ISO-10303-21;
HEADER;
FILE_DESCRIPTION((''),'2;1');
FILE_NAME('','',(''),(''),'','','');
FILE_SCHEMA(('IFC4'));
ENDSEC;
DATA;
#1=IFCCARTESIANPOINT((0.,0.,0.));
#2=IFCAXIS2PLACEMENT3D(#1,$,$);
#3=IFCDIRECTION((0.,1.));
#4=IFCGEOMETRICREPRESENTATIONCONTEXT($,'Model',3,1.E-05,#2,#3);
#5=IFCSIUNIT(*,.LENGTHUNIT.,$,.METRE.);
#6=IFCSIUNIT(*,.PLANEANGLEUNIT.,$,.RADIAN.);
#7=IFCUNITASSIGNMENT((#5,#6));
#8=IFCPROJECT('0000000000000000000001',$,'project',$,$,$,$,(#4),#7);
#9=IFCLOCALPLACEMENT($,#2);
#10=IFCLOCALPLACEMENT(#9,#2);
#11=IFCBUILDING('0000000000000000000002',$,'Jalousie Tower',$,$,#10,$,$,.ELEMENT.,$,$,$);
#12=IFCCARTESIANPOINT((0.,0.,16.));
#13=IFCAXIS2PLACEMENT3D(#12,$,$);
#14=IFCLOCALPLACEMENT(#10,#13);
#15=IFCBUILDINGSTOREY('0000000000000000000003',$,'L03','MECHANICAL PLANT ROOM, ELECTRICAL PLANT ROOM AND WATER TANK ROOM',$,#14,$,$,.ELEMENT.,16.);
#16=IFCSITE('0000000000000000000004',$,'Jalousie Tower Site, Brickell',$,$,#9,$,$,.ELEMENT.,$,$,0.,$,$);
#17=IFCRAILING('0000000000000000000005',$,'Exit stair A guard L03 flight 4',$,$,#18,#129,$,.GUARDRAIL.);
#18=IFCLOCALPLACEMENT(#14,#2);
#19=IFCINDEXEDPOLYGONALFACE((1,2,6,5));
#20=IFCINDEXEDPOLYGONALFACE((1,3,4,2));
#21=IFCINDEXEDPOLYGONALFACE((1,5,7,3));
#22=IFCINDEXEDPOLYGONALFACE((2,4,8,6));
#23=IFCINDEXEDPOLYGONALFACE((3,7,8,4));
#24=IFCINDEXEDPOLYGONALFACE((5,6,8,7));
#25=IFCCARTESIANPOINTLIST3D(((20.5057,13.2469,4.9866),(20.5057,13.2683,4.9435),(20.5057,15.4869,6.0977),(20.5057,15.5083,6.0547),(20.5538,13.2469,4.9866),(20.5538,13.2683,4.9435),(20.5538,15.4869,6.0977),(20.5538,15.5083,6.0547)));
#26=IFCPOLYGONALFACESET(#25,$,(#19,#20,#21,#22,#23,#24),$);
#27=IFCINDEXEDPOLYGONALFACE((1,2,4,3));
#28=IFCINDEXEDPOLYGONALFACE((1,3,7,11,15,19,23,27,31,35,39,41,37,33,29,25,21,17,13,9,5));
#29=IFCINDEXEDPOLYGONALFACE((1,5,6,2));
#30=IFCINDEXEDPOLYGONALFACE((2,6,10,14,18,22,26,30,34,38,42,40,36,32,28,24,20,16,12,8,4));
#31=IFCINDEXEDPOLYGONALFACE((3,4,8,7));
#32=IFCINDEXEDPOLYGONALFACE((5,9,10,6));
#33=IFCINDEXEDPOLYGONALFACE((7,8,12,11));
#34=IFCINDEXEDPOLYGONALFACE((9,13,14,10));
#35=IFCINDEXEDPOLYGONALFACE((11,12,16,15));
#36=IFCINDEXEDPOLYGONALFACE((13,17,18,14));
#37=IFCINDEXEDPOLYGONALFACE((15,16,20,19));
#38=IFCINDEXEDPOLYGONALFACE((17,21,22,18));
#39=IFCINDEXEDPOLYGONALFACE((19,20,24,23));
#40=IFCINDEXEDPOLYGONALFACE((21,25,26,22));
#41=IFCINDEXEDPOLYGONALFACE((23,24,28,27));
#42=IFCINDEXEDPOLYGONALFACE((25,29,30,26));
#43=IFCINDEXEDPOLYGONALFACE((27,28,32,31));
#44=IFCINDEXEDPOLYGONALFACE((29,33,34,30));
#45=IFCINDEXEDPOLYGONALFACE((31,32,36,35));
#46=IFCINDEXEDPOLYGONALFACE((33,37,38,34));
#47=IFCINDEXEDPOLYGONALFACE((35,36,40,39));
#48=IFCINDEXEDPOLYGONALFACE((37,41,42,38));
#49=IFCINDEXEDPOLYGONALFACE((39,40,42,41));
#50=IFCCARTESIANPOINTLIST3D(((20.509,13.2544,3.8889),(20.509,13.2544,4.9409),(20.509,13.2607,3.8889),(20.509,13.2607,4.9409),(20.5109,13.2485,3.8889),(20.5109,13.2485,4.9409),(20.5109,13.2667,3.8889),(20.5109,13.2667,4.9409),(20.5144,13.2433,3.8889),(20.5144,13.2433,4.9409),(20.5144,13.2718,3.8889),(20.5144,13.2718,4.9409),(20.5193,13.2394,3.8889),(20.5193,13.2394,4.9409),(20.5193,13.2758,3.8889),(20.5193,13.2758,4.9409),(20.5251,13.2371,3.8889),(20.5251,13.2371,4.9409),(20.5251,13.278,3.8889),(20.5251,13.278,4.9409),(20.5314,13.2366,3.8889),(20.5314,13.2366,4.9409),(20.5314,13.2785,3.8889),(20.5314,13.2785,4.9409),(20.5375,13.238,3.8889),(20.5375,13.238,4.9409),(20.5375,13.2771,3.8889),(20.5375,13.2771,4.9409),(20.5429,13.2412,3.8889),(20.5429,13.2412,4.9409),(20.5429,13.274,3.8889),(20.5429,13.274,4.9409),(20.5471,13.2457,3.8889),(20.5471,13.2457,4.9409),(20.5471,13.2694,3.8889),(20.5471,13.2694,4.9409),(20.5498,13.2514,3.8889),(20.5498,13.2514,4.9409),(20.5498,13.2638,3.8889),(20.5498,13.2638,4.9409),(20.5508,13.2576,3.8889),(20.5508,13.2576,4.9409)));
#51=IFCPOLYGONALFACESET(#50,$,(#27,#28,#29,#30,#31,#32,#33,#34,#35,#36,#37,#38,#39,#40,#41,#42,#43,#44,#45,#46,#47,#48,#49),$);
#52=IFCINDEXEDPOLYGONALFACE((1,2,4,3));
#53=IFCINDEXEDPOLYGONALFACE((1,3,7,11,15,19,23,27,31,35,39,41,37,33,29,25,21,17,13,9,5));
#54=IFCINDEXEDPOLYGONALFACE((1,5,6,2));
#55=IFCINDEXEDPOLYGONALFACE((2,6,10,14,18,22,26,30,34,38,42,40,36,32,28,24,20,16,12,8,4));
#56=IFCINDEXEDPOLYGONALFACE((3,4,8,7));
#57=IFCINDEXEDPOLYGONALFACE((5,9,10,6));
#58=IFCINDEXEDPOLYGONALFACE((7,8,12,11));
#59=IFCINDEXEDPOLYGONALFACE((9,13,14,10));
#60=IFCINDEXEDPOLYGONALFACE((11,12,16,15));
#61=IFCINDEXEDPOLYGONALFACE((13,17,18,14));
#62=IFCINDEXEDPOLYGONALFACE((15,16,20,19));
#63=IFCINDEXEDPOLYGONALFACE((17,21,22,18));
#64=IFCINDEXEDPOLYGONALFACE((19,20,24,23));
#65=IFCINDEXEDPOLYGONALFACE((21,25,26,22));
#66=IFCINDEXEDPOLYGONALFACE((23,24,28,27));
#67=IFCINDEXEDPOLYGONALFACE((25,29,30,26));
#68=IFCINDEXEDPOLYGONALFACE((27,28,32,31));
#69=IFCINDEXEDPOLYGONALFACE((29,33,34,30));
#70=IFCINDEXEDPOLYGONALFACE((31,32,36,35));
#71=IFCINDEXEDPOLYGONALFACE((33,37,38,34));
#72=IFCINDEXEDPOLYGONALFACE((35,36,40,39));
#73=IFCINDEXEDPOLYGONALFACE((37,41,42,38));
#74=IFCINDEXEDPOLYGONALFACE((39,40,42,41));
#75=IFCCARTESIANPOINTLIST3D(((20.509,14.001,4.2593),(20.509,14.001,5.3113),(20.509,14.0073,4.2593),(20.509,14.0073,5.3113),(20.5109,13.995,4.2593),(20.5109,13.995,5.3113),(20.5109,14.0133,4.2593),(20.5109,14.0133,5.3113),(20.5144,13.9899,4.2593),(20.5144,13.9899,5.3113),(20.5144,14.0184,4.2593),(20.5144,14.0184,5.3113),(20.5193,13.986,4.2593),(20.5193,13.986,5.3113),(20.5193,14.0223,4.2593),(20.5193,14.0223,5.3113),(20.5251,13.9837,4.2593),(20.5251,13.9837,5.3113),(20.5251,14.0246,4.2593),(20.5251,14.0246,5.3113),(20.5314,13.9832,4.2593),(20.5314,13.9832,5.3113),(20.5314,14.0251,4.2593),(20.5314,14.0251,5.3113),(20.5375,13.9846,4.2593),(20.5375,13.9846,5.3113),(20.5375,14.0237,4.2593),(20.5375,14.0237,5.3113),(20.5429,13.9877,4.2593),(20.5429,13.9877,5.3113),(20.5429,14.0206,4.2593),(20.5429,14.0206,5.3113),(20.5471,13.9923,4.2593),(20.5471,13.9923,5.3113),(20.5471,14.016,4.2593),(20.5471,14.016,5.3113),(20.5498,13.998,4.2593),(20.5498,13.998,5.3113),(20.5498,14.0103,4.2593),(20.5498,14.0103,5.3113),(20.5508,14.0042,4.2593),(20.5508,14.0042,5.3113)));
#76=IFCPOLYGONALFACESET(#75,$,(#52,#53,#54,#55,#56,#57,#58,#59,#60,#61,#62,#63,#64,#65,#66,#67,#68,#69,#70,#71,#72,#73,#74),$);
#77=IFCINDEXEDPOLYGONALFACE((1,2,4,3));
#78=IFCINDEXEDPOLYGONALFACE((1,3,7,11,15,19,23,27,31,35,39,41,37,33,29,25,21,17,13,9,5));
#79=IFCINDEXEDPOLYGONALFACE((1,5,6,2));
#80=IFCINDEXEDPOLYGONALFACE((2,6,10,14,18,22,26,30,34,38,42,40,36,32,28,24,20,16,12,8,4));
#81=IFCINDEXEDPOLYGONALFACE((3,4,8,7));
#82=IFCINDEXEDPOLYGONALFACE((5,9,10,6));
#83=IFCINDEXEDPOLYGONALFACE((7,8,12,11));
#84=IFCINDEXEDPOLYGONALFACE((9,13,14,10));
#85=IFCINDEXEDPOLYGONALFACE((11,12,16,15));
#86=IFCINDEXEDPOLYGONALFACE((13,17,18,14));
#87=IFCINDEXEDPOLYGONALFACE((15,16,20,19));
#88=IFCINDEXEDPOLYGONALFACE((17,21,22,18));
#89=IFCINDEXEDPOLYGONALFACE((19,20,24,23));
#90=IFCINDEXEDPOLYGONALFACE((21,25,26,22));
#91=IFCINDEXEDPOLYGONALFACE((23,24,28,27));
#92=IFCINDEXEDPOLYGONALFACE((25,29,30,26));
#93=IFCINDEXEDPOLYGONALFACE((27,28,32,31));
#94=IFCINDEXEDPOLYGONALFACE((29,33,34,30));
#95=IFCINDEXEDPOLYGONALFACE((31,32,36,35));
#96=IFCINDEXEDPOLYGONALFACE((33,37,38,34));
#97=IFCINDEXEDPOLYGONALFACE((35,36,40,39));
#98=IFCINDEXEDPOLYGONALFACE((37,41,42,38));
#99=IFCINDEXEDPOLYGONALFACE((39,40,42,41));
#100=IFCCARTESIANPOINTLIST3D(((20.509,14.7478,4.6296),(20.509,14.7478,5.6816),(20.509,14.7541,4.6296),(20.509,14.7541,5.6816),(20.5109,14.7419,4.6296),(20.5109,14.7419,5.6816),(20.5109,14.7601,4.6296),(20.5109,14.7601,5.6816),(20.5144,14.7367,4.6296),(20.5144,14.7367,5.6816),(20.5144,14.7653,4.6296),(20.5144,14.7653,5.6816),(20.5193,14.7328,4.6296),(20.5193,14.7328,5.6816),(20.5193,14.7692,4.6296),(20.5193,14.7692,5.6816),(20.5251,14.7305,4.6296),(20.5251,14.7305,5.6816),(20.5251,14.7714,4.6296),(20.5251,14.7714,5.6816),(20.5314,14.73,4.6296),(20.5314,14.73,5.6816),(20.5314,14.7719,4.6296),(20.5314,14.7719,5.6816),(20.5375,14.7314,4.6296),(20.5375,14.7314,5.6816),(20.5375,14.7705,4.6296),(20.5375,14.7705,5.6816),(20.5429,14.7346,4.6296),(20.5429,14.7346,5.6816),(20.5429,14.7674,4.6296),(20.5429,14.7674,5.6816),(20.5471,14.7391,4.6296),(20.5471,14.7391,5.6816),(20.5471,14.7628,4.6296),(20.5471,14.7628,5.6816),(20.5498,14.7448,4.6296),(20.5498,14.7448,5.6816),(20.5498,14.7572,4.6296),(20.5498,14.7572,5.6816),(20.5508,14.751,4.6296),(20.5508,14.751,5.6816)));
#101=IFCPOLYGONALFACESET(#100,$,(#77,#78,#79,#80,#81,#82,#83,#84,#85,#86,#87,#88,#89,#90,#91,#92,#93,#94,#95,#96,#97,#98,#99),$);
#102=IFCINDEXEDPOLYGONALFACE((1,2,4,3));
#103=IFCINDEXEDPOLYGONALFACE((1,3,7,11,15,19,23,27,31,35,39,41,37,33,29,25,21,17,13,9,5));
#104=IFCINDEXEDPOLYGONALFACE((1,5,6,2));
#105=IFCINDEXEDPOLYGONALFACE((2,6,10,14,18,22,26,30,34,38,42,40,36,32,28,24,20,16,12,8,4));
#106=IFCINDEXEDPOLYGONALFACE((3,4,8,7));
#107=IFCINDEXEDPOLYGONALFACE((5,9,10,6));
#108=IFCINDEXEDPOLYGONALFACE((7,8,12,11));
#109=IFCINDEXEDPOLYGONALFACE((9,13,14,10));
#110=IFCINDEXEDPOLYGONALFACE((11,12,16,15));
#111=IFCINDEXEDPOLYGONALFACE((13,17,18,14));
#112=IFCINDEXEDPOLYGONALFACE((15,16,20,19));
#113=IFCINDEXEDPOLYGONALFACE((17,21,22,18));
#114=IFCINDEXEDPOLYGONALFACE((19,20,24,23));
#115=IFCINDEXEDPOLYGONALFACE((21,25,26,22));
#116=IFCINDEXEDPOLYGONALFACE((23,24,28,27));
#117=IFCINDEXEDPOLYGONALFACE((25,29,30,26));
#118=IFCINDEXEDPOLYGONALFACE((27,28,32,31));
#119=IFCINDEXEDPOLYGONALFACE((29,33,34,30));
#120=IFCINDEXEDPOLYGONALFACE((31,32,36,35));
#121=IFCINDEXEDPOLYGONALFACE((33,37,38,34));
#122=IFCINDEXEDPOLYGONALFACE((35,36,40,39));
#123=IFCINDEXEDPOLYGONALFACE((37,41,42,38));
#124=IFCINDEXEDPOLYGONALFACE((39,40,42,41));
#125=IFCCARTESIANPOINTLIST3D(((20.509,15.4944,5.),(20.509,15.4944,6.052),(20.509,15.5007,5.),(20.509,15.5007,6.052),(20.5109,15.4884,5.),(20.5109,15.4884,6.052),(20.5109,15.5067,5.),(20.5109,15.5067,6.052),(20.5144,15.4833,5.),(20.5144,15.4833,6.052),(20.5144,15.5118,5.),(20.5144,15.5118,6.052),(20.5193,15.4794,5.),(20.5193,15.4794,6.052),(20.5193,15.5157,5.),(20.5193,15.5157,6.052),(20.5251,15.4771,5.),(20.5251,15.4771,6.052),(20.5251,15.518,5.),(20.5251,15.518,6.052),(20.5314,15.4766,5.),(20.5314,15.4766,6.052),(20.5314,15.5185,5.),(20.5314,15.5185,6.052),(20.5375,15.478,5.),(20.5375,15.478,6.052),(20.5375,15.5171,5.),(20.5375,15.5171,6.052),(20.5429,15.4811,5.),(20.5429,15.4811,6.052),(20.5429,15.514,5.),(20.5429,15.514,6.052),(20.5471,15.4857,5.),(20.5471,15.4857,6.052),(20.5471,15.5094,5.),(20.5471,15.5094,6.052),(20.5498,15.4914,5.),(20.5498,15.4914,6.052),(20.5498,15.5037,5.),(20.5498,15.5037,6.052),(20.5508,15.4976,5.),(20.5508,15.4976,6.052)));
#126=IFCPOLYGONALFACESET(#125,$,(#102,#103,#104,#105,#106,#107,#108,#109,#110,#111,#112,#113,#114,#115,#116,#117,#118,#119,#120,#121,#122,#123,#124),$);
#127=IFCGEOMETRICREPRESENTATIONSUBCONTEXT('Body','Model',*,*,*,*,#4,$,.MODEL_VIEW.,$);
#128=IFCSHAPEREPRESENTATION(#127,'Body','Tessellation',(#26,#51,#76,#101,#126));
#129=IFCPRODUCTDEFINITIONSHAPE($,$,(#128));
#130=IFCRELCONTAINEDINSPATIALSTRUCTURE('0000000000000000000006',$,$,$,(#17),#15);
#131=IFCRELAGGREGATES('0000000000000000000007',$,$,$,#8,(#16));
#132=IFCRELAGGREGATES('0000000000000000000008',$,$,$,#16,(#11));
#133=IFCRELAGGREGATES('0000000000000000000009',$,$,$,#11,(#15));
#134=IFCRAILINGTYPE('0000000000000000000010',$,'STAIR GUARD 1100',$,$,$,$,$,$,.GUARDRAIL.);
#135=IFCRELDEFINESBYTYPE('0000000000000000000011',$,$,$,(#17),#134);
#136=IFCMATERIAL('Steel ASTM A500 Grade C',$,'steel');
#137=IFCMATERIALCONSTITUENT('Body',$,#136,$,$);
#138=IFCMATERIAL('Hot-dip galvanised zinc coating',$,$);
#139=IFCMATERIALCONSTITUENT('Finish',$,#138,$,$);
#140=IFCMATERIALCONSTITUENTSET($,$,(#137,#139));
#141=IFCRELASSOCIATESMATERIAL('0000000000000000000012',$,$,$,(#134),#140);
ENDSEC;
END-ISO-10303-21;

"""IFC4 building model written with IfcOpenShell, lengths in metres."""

from ifc_helpers import new_model, si_unit, direction, frame, origin, origin_2d, place, context, subcontext, project, spatial, rectangle, circle, extrude, material, constituent, constituent_set, type_object, element, save


model = new_model("IFC4")

# Units and contexts
model_context = context("Model", 3, precision=1e-05, world=origin(), true_north=direction((0.0, 1.0)))
body_context = subcontext(model_context, "Body", "Model", "MODEL_VIEW")
ifc_project = project(units=[si_unit("LENGTHUNIT", "METRE"), si_unit("PLANEANGLEUNIT", "RADIAN")], contexts=[model_context])

# Site, building, storey
site_placement = place(None, origin())
site = spatial("IfcSite", under=ifc_project, at=site_placement, Name="Jalousie Tower Site, Brickell", CompositionType="ELEMENT", RefElevation=0.0)
building_placement = place(site_placement, origin())
building = spatial("IfcBuilding", under=site, at=building_placement, Name="Jalousie Tower", CompositionType="ELEMENT")
storey_placement = place(building_placement, frame((0.0, 0.0, 16.0)))
storey = spatial("IfcBuildingStorey", under=building, at=storey_placement, Name="L03", Description="MECHANICAL PLANT ROOM, ELECTRICAL PLANT ROOM AND WATER TANK ROOM", CompositionType="ELEMENT", Elevation=16.0)

# Railing
ifc_material_1 = material(Name="Steel ASTM A500 Grade C", Category="steel")
ifc_constituent_1 = constituent(ifc_material_1, Name="Body")
ifc_material_2 = material(Name="Hot-dip galvanised zinc coating")
ifc_constituent_2 = constituent(ifc_material_2, Name="Finish")
ifc_constituent_set_1 = constituent_set(constituents=[ifc_constituent_1, ifc_constituent_2])
railing_type_1 = type_object("IfcRailingType", Name="STAIR GUARD 1100", PredefinedType="GUARDRAIL", material=ifc_constituent_set_1)
railing_1_placement = place(storey_placement, frame((20.5298, 13.2576, 3.8889)))
element("IfcRailing", 1, at=railing_1_placement, inside=storey, type_object=railing_type_1, Name="Exit stair A guard L03 flight 4", PredefinedType="GUARDRAIL", context=body_context, shape_type="SweptSolid", body=[
    extrude(rectangle(XDim=0.0481, YDim=0.0481, at=origin_2d()), frame((0.0, 0.0, 1.0762), z_axis=(0.0, 0.895848, 0.44436), x_axis=(-1.0, 0.0, 0.0)), (0.0, 0.0, 1.0), 2.5005),
    extrude(circle(Radius=0.021, at=origin_2d()), origin(), (0.0, 0.0, 1.0), 1.052),
    extrude(circle(Radius=0.021, at=origin_2d()), frame((0.0, 0.7466, 0.3704)), (0.0, 0.0, 1.0), 1.052),
    extrude(circle(Radius=0.021, at=origin_2d()), frame((0.0, 1.4934, 0.7407)), (0.0, 0.0, 1.0), 1.052),
    extrude(circle(Radius=0.021, at=origin_2d()), frame((0.0, 2.24, 1.1111)), (0.0, 0.0, 1.0), 1.052),
])

save(model, "model.ifc")
